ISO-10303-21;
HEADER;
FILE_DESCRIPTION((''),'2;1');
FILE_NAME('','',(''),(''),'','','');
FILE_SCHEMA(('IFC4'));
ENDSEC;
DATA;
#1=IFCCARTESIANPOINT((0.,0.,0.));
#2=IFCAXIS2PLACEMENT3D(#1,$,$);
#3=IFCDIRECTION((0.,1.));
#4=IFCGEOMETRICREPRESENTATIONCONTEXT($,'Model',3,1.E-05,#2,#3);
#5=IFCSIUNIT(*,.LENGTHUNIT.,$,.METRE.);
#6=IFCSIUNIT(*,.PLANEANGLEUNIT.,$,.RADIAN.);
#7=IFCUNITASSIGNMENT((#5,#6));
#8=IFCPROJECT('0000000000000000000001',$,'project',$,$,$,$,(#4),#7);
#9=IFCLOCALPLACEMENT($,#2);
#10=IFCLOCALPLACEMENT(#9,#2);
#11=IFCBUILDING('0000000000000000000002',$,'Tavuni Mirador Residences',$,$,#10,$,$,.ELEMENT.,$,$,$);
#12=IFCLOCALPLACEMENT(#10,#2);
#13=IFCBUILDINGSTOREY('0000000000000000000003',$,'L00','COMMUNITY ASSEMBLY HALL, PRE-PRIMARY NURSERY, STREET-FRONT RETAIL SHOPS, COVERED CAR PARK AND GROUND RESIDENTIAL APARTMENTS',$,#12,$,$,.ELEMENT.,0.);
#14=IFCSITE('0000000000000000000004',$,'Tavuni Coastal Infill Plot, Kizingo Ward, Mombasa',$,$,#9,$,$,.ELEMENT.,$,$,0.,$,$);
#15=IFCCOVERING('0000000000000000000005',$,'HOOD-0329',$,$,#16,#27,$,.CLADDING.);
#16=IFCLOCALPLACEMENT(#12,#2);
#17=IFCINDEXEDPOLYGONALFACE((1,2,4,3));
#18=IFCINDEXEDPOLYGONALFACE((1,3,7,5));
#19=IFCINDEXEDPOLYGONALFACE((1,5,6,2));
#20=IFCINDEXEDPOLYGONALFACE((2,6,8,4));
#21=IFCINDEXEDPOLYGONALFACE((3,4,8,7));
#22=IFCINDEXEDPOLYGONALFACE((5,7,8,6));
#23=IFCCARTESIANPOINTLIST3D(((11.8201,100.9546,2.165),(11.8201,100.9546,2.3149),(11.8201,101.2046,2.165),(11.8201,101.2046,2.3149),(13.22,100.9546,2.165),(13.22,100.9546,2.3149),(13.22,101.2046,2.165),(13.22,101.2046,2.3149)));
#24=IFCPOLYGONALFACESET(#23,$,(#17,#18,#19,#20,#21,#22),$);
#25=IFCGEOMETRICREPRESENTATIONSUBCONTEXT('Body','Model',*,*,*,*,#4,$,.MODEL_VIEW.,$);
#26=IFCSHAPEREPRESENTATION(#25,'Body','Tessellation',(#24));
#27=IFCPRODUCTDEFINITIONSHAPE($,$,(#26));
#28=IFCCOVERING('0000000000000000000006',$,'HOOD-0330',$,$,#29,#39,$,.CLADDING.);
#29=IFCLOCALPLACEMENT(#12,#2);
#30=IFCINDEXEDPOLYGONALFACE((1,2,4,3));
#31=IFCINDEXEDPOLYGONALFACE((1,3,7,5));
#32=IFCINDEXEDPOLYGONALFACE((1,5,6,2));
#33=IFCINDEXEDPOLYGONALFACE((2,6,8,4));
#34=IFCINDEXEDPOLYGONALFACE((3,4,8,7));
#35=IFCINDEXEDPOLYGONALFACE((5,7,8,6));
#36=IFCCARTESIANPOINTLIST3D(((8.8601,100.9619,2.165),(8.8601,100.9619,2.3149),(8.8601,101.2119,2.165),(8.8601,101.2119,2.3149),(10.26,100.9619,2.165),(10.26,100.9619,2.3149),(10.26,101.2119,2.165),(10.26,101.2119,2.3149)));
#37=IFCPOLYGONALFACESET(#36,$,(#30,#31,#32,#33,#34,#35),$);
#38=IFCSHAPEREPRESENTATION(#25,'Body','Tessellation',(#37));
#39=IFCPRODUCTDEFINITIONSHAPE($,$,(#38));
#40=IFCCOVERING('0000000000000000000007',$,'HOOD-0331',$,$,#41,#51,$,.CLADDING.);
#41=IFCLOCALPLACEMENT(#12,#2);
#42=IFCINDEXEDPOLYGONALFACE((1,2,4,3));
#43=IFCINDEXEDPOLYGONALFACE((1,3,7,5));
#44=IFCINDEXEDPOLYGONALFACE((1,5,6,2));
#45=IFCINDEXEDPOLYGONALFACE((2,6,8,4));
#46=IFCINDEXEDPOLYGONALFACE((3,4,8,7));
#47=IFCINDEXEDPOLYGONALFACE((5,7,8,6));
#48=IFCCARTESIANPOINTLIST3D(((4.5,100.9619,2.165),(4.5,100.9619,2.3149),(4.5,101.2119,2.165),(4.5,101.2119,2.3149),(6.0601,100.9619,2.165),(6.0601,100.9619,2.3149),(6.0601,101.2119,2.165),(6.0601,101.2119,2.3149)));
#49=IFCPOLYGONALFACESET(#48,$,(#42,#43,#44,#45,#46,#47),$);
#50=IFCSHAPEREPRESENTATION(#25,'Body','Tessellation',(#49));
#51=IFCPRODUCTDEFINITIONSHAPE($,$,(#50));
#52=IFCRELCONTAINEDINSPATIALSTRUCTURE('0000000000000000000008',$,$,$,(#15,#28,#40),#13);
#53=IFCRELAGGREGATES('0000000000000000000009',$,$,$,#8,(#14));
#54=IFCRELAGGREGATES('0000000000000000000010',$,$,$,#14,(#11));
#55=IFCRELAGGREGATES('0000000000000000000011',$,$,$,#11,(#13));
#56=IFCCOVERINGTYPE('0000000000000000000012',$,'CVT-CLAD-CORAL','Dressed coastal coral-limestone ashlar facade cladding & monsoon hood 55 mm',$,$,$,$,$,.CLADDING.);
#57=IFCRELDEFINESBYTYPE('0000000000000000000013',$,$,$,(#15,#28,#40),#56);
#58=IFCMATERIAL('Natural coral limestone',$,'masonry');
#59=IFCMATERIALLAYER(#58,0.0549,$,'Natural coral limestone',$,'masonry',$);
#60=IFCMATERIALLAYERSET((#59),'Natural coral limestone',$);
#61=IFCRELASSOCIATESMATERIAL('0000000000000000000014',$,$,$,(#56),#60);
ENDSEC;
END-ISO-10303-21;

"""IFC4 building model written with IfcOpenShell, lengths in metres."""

from ifc_helpers import new_model, si_unit, direction, frame, origin, origin_2d, place, context, subcontext, project, spatial, rectangle, extrude, material, layer, layer_set, type_object, element, save


model = new_model("IFC4")

# Units and contexts
model_context = context("Model", 3, precision=1e-05, world=origin(), true_north=direction((0.0, 1.0)))
body_context = subcontext(model_context, "Body", "Model", "MODEL_VIEW")
ifc_project = project(units=[si_unit("LENGTHUNIT", "METRE"), si_unit("PLANEANGLEUNIT", "RADIAN")], contexts=[model_context])

# Site, building, storey
site_placement = place(None, origin())
site = spatial("IfcSite", under=ifc_project, at=site_placement, Name="Tavuni Coastal Infill Plot, Kizingo Ward, Mombasa", CompositionType="ELEMENT", RefElevation=0.0)
building_placement = place(site_placement, origin())
building = spatial("IfcBuilding", under=site, at=building_placement, Name="Tavuni Mirador Residences", CompositionType="ELEMENT")
storey_placement = place(building_placement, origin())
storey = spatial("IfcBuildingStorey", under=building, at=storey_placement, Name="L00", Description="COMMUNITY ASSEMBLY HALL, PRE-PRIMARY NURSERY, STREET-FRONT RETAIL SHOPS, COVERED CAR PARK AND GROUND RESIDENTIAL APARTMENTS", CompositionType="ELEMENT", Elevation=0.0)

# Coverings
ifc_material_1 = material(Name="Natural coral limestone", Category="masonry")
ifc_layer_1 = layer(ifc_material_1, 0.0549, Name="Natural coral limestone", Category="masonry")
ifc_layer_set_1 = layer_set([ifc_layer_1], Name="Natural coral limestone")
covering_type = type_object("IfcCoveringType", Name="CVT-CLAD-CORAL", Description="Dressed coastal coral-limestone ashlar facade cladding & monsoon hood 55 mm", PredefinedType="CLADDING", material=ifc_layer_set_1)
for number, where, z_axis, x_axis, name in (
    (1, (12.52, 101.0796, 2.165), (0.0, 0.0, 1.0), (-1.0, 0.0, 0.0), "HOOD-0329"),
    (2, (9.5601, 101.0869, 2.165), (0.0, 0.0, 1.0), (-1.0, 0.0, 0.0), "HOOD-0330"),
):
    element("IfcCovering", number, at=place(storey_placement, frame(where, z_axis=z_axis, x_axis=x_axis)), inside=storey, type_object=covering_type, Name=name, PredefinedType="CLADDING", context=body_context, shape_type="SweptSolid", body=[
        extrude(rectangle(XDim=1.3999, YDim=0.25, at=origin_2d()), origin(), (0.0, 0.0, 1.0), 0.1499),
    ])
covering_placement = place(storey_placement, frame((5.28, 101.0869, 2.165), z_axis=(0.0, 0.0, 1.0), x_axis=(-1.0, 0.0, 0.0)))
element("IfcCovering", 3, at=covering_placement, inside=storey, type_object=covering_type, Name="HOOD-0331", PredefinedType="CLADDING", context=body_context, shape_type="SweptSolid", body=[
    extrude(rectangle(XDim=1.5601, YDim=0.25, at=origin_2d()), origin(), (0.0, 0.0, 1.0), 0.1499),
])

save(model, "model.ifc")
